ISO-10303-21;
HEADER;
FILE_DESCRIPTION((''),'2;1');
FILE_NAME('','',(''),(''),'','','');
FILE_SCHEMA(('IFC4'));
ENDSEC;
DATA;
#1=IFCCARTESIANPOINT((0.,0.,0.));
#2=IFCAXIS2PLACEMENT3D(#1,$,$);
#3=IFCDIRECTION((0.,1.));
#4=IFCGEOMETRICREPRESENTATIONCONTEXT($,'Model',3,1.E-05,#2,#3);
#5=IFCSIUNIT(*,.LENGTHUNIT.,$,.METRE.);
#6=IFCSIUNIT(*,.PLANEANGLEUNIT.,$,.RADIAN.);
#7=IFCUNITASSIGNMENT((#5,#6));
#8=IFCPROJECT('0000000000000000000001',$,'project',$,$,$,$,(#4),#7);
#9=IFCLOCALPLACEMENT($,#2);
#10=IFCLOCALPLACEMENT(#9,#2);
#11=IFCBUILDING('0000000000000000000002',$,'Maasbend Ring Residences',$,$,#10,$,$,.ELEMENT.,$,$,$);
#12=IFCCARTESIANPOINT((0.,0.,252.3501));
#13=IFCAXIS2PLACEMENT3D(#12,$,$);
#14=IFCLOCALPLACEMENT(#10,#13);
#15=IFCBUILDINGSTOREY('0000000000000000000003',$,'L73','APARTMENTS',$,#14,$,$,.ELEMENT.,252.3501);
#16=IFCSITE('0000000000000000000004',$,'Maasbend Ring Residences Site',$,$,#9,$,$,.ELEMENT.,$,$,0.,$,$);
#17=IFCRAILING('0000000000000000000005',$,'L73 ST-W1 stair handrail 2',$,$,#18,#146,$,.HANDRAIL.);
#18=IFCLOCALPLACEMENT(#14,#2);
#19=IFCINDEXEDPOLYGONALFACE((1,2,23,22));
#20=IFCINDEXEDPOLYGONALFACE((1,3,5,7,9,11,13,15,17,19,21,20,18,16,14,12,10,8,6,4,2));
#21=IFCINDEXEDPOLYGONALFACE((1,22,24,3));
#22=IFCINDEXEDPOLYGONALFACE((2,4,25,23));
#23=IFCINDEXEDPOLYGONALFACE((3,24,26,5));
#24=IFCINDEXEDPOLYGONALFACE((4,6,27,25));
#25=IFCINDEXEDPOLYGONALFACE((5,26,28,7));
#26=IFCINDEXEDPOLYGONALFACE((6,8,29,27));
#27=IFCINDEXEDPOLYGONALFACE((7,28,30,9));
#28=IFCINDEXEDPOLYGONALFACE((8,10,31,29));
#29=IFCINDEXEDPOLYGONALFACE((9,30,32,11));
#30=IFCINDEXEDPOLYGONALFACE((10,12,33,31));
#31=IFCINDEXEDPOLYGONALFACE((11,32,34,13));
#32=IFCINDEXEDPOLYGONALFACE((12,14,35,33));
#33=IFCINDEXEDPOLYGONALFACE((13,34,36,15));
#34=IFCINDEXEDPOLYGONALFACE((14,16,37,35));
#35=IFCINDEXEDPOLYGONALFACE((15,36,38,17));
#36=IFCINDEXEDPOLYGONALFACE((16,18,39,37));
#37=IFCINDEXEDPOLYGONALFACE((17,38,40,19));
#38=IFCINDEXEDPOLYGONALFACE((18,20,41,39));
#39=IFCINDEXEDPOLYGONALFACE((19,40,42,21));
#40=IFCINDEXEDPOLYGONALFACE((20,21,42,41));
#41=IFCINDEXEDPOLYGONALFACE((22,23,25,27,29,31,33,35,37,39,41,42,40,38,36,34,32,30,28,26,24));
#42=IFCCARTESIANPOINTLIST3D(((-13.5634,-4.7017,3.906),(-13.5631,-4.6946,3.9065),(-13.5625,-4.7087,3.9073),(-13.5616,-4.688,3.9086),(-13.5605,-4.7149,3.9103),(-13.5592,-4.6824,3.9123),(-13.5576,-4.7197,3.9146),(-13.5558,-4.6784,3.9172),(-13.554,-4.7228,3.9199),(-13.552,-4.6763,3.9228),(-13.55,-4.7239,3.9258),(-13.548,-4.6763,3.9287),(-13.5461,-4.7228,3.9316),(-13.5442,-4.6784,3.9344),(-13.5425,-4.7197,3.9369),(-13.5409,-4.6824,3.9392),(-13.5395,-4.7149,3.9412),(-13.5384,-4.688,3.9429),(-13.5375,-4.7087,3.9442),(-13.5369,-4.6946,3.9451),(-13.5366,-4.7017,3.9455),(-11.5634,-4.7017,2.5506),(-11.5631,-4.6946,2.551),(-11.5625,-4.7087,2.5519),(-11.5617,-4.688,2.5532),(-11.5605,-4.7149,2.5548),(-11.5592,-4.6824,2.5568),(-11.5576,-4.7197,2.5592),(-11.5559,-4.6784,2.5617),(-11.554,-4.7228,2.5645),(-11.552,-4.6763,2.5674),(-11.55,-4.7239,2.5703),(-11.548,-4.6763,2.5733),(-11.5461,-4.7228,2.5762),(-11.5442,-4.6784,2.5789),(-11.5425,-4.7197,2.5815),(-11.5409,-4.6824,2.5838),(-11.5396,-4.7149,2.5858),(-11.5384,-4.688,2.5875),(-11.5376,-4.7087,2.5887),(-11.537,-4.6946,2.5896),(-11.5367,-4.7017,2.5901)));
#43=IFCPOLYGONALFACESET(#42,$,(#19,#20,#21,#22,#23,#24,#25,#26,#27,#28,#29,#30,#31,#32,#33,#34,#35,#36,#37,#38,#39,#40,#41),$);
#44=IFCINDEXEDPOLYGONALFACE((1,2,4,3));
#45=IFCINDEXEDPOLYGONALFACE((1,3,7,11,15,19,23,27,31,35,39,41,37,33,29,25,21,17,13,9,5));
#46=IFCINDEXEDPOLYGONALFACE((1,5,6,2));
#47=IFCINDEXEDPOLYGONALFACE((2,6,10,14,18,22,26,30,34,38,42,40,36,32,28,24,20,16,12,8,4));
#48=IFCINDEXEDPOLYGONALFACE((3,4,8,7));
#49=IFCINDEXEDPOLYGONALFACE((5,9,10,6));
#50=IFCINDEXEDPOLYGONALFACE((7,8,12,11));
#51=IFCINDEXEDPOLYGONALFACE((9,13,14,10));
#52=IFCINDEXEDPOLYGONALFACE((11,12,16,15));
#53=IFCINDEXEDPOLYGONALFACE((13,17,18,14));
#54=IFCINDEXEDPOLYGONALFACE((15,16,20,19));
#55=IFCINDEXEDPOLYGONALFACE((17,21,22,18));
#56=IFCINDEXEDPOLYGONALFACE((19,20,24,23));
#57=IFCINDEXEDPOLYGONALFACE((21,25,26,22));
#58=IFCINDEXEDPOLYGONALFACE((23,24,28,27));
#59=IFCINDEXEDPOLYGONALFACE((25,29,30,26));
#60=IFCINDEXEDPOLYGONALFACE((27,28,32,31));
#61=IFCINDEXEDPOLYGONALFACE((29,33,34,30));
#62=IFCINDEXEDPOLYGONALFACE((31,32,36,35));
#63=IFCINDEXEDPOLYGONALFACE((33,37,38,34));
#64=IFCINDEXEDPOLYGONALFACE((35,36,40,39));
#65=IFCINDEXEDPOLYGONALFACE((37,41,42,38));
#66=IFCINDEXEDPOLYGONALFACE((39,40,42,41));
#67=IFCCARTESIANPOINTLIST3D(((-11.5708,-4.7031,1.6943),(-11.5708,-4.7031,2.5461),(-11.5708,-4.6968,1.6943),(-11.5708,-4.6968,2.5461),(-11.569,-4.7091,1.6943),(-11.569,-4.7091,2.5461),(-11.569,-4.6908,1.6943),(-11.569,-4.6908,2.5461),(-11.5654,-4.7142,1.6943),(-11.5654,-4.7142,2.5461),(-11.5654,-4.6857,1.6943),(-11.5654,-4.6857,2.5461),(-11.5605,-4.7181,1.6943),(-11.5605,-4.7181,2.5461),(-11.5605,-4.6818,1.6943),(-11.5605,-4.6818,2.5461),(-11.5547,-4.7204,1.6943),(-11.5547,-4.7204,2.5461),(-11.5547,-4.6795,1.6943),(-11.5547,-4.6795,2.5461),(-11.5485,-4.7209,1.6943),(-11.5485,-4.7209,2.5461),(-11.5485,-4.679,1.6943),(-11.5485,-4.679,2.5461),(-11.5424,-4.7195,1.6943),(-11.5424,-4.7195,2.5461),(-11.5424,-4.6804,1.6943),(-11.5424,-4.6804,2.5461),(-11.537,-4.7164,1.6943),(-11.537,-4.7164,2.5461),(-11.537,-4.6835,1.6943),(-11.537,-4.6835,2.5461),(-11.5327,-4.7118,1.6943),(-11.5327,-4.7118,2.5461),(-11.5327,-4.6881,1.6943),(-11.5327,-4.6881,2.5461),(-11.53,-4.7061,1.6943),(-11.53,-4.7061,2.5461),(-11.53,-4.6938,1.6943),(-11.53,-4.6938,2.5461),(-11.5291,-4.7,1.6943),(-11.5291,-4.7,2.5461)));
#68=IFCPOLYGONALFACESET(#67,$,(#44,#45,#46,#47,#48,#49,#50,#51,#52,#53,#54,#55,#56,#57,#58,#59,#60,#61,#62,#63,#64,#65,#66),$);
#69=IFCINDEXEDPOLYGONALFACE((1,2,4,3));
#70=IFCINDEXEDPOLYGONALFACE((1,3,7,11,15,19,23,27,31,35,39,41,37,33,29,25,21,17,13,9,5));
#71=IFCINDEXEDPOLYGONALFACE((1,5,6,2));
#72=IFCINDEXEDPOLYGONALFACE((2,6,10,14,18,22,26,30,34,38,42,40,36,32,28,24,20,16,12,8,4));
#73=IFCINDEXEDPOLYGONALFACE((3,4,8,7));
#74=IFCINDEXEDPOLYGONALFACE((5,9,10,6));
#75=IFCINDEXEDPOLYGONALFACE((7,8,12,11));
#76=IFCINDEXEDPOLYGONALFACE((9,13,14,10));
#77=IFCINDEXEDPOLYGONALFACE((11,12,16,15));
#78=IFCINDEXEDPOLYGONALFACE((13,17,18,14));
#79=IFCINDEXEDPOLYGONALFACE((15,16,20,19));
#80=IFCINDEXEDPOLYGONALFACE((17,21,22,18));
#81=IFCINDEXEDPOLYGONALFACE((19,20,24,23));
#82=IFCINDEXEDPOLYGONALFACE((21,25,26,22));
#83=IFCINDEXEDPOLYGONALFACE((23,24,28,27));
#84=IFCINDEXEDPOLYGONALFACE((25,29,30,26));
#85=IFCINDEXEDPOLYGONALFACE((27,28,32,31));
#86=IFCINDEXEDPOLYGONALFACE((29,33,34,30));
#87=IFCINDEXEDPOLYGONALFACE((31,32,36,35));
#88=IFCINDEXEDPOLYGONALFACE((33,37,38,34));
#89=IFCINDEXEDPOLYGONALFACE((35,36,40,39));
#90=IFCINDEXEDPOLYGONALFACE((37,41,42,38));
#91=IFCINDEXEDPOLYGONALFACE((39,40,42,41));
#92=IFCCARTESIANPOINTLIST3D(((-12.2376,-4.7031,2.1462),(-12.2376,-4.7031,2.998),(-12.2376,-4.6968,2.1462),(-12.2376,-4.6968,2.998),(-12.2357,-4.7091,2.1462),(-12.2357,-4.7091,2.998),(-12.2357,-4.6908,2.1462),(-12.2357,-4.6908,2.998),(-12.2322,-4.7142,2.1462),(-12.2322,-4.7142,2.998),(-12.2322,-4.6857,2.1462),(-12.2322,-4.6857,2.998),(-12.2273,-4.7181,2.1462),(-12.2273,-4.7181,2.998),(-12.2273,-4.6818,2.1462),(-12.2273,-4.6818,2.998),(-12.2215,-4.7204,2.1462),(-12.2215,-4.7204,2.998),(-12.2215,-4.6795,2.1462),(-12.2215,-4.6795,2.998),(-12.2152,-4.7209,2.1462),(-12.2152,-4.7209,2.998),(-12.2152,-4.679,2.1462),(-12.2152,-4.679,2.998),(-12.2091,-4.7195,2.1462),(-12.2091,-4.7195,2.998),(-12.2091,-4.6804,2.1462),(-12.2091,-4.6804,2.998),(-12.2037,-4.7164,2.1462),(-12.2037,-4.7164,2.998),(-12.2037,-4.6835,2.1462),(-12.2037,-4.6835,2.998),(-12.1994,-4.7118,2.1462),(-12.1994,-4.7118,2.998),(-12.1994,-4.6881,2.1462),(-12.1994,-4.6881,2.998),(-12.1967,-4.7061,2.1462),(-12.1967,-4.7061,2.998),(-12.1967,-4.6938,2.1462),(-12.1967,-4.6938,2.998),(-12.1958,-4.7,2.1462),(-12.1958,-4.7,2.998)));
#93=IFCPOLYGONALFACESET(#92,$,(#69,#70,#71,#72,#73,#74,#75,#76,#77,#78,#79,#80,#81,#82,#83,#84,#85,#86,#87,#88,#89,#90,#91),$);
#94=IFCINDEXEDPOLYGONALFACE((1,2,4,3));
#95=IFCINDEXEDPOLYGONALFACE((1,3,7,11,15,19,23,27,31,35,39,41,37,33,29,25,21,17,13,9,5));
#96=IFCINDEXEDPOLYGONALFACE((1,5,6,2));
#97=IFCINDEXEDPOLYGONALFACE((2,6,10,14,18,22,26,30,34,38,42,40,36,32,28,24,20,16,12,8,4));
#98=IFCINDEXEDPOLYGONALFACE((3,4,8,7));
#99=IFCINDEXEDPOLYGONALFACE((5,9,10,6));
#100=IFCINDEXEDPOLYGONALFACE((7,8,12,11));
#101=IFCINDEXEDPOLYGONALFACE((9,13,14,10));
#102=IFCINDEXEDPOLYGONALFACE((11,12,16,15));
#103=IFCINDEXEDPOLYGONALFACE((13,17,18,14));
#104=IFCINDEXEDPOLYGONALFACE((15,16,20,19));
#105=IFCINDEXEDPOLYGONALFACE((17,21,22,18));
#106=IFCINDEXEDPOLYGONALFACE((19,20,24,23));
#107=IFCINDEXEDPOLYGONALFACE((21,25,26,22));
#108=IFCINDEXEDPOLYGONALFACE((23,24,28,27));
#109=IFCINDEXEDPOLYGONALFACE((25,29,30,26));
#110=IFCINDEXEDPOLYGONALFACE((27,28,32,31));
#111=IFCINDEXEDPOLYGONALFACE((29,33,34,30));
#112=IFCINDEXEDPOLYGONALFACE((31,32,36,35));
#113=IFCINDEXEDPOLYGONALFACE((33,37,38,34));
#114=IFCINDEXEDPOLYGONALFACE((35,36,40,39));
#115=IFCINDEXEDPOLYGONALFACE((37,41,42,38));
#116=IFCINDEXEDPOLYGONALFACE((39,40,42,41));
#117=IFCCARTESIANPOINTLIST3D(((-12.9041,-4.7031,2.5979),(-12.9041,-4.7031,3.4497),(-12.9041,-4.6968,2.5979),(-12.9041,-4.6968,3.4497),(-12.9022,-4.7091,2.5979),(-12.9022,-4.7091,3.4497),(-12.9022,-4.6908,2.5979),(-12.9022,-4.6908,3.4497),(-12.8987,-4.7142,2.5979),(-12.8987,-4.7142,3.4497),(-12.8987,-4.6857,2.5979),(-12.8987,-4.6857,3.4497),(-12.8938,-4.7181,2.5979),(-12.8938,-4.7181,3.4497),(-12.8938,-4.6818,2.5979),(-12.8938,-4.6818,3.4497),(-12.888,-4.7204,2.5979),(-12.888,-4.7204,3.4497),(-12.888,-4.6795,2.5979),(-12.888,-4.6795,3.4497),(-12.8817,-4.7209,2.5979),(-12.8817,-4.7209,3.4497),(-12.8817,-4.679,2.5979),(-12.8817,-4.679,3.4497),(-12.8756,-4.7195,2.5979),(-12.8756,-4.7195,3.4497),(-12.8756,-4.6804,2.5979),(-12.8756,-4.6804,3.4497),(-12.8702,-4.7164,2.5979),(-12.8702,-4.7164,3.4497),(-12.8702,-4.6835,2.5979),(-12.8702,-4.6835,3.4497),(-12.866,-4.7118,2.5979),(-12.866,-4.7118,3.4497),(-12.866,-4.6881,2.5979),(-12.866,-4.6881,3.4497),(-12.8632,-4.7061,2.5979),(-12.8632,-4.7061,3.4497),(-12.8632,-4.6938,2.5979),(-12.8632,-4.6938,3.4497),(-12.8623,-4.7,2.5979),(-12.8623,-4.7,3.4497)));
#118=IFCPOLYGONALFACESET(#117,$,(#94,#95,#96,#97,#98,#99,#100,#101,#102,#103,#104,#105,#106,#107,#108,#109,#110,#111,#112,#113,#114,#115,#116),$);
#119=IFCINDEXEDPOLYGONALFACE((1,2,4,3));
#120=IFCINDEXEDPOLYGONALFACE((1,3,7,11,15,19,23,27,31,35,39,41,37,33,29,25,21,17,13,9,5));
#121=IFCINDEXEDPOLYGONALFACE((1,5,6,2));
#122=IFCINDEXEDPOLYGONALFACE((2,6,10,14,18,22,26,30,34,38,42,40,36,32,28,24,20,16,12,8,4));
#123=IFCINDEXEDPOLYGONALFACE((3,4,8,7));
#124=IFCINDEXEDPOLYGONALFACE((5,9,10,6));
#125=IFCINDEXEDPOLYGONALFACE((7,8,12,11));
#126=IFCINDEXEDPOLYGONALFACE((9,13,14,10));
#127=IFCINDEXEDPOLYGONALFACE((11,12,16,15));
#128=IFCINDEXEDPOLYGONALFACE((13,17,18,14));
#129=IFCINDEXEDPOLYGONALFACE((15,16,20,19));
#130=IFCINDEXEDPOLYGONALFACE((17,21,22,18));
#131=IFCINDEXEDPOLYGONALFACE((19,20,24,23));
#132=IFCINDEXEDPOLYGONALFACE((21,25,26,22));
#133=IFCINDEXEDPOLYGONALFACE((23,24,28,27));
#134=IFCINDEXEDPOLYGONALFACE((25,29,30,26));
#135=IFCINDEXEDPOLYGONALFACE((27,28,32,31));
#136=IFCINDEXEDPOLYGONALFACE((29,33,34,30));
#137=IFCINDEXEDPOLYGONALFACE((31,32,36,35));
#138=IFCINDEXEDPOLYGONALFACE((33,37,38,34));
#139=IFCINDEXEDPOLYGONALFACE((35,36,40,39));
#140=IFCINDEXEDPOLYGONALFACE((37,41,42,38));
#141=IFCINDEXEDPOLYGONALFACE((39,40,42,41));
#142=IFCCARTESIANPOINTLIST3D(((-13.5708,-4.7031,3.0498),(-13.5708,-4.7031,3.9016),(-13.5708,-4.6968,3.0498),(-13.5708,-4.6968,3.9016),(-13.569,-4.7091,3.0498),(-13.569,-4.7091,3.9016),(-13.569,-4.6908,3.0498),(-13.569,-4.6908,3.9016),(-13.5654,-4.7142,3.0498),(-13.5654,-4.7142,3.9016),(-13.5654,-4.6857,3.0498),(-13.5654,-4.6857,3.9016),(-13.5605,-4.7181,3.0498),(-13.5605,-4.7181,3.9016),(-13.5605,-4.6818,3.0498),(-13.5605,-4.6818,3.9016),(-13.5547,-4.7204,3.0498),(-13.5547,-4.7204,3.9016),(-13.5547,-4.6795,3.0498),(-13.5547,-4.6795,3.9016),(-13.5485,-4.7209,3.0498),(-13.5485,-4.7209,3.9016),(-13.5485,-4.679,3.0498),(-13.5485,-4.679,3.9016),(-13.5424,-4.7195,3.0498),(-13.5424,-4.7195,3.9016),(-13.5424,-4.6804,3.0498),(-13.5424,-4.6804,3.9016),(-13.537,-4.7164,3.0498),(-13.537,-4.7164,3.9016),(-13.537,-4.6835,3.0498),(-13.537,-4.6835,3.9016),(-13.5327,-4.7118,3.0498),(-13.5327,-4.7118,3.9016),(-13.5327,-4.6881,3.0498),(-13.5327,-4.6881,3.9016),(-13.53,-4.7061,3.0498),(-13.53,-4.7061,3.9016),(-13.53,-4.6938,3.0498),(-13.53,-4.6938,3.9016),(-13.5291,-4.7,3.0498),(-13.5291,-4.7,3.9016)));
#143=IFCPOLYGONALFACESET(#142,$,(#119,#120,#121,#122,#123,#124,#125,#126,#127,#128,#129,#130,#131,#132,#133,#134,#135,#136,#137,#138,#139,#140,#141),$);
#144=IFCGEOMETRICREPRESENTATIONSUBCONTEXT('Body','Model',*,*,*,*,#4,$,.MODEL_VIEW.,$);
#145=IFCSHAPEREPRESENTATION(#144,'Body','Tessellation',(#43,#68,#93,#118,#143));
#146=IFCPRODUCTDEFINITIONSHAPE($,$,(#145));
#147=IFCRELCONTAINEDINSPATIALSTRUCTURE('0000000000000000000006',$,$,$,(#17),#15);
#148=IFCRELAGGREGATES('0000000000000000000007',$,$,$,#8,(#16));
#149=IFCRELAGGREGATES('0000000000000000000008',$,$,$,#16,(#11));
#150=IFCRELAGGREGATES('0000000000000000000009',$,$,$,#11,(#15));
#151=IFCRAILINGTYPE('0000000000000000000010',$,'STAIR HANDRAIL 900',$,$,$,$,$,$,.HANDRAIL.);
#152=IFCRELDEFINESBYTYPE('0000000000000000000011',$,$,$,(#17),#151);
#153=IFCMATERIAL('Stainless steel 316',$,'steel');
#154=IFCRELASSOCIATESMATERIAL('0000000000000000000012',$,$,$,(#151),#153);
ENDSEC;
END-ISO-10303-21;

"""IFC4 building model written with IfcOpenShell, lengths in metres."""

from ifc_helpers import new_model, si_unit, direction, frame, origin, origin_2d, place, context, subcontext, project, spatial, circle, extrude, material, type_object, element, save


model = new_model("IFC4")

# Units and contexts
model_context = context("Model", 3, precision=1e-05, world=origin(), true_north=direction((0.0, 1.0)))
body_context = subcontext(model_context, "Body", "Model", "MODEL_VIEW")
ifc_project = project(units=[si_unit("LENGTHUNIT", "METRE"), si_unit("PLANEANGLEUNIT", "RADIAN")], contexts=[model_context])

# Site, building, storey
site_placement = place(None, origin())
site = spatial("IfcSite", under=ifc_project, at=site_placement, Name="Maasbend Ring Residences Site", CompositionType="ELEMENT", RefElevation=0.0)
building_placement = place(site_placement, origin())
building = spatial("IfcBuilding", under=site, at=building_placement, Name="Maasbend Ring Residences", CompositionType="ELEMENT")
storey_placement = place(building_placement, frame((0.0, 0.0, 252.3501)))
storey = spatial("IfcBuildingStorey", under=building, at=storey_placement, Name="L73", Description="APARTMENTS", CompositionType="ELEMENT", Elevation=252.3501)

# Railing
ifc_material_1 = material(Name="Stainless steel 316", Category="steel")
railing_type_1 = type_object("IfcRailingType", Name="STAIR HANDRAIL 900", PredefinedType="HANDRAIL", material=ifc_material_1)
railing_1_placement = place(storey_placement, frame((-11.55, -4.7, 1.6943)))
element("IfcRailing", 1, at=railing_1_placement, inside=storey, type_object=railing_type_1, Name="L73 ST-W1 stair handrail 2", PredefinedType="HANDRAIL", context=body_context, shape_type="SweptSolid", body=[
    extrude(circle(Radius=0.0239, at=origin_2d()), frame((0.0, 0.0, 0.876), z_axis=(-0.827798, 0.0, 0.561027), x_axis=(0.0, -1.0, 0.0)), (0.0, 0.0, 1.0), 2.416),
    extrude(circle(Radius=0.021, at=origin_2d()), origin(), (0.0, 0.0, 1.0), 0.8518),
    extrude(circle(Radius=0.021, at=origin_2d()), frame((-0.6667, 0.0, 0.4519)), (0.0, 0.0, 1.0), 0.8518),
    extrude(circle(Radius=0.021, at=origin_2d()), frame((-1.3333, 0.0, 0.9036)), (0.0, 0.0, 1.0), 0.8518),
    extrude(circle(Radius=0.021, at=origin_2d()), frame((-2.0, 0.0, 1.3555)), (0.0, 0.0, 1.0), 0.8518),
])

save(model, "model.ifc")
